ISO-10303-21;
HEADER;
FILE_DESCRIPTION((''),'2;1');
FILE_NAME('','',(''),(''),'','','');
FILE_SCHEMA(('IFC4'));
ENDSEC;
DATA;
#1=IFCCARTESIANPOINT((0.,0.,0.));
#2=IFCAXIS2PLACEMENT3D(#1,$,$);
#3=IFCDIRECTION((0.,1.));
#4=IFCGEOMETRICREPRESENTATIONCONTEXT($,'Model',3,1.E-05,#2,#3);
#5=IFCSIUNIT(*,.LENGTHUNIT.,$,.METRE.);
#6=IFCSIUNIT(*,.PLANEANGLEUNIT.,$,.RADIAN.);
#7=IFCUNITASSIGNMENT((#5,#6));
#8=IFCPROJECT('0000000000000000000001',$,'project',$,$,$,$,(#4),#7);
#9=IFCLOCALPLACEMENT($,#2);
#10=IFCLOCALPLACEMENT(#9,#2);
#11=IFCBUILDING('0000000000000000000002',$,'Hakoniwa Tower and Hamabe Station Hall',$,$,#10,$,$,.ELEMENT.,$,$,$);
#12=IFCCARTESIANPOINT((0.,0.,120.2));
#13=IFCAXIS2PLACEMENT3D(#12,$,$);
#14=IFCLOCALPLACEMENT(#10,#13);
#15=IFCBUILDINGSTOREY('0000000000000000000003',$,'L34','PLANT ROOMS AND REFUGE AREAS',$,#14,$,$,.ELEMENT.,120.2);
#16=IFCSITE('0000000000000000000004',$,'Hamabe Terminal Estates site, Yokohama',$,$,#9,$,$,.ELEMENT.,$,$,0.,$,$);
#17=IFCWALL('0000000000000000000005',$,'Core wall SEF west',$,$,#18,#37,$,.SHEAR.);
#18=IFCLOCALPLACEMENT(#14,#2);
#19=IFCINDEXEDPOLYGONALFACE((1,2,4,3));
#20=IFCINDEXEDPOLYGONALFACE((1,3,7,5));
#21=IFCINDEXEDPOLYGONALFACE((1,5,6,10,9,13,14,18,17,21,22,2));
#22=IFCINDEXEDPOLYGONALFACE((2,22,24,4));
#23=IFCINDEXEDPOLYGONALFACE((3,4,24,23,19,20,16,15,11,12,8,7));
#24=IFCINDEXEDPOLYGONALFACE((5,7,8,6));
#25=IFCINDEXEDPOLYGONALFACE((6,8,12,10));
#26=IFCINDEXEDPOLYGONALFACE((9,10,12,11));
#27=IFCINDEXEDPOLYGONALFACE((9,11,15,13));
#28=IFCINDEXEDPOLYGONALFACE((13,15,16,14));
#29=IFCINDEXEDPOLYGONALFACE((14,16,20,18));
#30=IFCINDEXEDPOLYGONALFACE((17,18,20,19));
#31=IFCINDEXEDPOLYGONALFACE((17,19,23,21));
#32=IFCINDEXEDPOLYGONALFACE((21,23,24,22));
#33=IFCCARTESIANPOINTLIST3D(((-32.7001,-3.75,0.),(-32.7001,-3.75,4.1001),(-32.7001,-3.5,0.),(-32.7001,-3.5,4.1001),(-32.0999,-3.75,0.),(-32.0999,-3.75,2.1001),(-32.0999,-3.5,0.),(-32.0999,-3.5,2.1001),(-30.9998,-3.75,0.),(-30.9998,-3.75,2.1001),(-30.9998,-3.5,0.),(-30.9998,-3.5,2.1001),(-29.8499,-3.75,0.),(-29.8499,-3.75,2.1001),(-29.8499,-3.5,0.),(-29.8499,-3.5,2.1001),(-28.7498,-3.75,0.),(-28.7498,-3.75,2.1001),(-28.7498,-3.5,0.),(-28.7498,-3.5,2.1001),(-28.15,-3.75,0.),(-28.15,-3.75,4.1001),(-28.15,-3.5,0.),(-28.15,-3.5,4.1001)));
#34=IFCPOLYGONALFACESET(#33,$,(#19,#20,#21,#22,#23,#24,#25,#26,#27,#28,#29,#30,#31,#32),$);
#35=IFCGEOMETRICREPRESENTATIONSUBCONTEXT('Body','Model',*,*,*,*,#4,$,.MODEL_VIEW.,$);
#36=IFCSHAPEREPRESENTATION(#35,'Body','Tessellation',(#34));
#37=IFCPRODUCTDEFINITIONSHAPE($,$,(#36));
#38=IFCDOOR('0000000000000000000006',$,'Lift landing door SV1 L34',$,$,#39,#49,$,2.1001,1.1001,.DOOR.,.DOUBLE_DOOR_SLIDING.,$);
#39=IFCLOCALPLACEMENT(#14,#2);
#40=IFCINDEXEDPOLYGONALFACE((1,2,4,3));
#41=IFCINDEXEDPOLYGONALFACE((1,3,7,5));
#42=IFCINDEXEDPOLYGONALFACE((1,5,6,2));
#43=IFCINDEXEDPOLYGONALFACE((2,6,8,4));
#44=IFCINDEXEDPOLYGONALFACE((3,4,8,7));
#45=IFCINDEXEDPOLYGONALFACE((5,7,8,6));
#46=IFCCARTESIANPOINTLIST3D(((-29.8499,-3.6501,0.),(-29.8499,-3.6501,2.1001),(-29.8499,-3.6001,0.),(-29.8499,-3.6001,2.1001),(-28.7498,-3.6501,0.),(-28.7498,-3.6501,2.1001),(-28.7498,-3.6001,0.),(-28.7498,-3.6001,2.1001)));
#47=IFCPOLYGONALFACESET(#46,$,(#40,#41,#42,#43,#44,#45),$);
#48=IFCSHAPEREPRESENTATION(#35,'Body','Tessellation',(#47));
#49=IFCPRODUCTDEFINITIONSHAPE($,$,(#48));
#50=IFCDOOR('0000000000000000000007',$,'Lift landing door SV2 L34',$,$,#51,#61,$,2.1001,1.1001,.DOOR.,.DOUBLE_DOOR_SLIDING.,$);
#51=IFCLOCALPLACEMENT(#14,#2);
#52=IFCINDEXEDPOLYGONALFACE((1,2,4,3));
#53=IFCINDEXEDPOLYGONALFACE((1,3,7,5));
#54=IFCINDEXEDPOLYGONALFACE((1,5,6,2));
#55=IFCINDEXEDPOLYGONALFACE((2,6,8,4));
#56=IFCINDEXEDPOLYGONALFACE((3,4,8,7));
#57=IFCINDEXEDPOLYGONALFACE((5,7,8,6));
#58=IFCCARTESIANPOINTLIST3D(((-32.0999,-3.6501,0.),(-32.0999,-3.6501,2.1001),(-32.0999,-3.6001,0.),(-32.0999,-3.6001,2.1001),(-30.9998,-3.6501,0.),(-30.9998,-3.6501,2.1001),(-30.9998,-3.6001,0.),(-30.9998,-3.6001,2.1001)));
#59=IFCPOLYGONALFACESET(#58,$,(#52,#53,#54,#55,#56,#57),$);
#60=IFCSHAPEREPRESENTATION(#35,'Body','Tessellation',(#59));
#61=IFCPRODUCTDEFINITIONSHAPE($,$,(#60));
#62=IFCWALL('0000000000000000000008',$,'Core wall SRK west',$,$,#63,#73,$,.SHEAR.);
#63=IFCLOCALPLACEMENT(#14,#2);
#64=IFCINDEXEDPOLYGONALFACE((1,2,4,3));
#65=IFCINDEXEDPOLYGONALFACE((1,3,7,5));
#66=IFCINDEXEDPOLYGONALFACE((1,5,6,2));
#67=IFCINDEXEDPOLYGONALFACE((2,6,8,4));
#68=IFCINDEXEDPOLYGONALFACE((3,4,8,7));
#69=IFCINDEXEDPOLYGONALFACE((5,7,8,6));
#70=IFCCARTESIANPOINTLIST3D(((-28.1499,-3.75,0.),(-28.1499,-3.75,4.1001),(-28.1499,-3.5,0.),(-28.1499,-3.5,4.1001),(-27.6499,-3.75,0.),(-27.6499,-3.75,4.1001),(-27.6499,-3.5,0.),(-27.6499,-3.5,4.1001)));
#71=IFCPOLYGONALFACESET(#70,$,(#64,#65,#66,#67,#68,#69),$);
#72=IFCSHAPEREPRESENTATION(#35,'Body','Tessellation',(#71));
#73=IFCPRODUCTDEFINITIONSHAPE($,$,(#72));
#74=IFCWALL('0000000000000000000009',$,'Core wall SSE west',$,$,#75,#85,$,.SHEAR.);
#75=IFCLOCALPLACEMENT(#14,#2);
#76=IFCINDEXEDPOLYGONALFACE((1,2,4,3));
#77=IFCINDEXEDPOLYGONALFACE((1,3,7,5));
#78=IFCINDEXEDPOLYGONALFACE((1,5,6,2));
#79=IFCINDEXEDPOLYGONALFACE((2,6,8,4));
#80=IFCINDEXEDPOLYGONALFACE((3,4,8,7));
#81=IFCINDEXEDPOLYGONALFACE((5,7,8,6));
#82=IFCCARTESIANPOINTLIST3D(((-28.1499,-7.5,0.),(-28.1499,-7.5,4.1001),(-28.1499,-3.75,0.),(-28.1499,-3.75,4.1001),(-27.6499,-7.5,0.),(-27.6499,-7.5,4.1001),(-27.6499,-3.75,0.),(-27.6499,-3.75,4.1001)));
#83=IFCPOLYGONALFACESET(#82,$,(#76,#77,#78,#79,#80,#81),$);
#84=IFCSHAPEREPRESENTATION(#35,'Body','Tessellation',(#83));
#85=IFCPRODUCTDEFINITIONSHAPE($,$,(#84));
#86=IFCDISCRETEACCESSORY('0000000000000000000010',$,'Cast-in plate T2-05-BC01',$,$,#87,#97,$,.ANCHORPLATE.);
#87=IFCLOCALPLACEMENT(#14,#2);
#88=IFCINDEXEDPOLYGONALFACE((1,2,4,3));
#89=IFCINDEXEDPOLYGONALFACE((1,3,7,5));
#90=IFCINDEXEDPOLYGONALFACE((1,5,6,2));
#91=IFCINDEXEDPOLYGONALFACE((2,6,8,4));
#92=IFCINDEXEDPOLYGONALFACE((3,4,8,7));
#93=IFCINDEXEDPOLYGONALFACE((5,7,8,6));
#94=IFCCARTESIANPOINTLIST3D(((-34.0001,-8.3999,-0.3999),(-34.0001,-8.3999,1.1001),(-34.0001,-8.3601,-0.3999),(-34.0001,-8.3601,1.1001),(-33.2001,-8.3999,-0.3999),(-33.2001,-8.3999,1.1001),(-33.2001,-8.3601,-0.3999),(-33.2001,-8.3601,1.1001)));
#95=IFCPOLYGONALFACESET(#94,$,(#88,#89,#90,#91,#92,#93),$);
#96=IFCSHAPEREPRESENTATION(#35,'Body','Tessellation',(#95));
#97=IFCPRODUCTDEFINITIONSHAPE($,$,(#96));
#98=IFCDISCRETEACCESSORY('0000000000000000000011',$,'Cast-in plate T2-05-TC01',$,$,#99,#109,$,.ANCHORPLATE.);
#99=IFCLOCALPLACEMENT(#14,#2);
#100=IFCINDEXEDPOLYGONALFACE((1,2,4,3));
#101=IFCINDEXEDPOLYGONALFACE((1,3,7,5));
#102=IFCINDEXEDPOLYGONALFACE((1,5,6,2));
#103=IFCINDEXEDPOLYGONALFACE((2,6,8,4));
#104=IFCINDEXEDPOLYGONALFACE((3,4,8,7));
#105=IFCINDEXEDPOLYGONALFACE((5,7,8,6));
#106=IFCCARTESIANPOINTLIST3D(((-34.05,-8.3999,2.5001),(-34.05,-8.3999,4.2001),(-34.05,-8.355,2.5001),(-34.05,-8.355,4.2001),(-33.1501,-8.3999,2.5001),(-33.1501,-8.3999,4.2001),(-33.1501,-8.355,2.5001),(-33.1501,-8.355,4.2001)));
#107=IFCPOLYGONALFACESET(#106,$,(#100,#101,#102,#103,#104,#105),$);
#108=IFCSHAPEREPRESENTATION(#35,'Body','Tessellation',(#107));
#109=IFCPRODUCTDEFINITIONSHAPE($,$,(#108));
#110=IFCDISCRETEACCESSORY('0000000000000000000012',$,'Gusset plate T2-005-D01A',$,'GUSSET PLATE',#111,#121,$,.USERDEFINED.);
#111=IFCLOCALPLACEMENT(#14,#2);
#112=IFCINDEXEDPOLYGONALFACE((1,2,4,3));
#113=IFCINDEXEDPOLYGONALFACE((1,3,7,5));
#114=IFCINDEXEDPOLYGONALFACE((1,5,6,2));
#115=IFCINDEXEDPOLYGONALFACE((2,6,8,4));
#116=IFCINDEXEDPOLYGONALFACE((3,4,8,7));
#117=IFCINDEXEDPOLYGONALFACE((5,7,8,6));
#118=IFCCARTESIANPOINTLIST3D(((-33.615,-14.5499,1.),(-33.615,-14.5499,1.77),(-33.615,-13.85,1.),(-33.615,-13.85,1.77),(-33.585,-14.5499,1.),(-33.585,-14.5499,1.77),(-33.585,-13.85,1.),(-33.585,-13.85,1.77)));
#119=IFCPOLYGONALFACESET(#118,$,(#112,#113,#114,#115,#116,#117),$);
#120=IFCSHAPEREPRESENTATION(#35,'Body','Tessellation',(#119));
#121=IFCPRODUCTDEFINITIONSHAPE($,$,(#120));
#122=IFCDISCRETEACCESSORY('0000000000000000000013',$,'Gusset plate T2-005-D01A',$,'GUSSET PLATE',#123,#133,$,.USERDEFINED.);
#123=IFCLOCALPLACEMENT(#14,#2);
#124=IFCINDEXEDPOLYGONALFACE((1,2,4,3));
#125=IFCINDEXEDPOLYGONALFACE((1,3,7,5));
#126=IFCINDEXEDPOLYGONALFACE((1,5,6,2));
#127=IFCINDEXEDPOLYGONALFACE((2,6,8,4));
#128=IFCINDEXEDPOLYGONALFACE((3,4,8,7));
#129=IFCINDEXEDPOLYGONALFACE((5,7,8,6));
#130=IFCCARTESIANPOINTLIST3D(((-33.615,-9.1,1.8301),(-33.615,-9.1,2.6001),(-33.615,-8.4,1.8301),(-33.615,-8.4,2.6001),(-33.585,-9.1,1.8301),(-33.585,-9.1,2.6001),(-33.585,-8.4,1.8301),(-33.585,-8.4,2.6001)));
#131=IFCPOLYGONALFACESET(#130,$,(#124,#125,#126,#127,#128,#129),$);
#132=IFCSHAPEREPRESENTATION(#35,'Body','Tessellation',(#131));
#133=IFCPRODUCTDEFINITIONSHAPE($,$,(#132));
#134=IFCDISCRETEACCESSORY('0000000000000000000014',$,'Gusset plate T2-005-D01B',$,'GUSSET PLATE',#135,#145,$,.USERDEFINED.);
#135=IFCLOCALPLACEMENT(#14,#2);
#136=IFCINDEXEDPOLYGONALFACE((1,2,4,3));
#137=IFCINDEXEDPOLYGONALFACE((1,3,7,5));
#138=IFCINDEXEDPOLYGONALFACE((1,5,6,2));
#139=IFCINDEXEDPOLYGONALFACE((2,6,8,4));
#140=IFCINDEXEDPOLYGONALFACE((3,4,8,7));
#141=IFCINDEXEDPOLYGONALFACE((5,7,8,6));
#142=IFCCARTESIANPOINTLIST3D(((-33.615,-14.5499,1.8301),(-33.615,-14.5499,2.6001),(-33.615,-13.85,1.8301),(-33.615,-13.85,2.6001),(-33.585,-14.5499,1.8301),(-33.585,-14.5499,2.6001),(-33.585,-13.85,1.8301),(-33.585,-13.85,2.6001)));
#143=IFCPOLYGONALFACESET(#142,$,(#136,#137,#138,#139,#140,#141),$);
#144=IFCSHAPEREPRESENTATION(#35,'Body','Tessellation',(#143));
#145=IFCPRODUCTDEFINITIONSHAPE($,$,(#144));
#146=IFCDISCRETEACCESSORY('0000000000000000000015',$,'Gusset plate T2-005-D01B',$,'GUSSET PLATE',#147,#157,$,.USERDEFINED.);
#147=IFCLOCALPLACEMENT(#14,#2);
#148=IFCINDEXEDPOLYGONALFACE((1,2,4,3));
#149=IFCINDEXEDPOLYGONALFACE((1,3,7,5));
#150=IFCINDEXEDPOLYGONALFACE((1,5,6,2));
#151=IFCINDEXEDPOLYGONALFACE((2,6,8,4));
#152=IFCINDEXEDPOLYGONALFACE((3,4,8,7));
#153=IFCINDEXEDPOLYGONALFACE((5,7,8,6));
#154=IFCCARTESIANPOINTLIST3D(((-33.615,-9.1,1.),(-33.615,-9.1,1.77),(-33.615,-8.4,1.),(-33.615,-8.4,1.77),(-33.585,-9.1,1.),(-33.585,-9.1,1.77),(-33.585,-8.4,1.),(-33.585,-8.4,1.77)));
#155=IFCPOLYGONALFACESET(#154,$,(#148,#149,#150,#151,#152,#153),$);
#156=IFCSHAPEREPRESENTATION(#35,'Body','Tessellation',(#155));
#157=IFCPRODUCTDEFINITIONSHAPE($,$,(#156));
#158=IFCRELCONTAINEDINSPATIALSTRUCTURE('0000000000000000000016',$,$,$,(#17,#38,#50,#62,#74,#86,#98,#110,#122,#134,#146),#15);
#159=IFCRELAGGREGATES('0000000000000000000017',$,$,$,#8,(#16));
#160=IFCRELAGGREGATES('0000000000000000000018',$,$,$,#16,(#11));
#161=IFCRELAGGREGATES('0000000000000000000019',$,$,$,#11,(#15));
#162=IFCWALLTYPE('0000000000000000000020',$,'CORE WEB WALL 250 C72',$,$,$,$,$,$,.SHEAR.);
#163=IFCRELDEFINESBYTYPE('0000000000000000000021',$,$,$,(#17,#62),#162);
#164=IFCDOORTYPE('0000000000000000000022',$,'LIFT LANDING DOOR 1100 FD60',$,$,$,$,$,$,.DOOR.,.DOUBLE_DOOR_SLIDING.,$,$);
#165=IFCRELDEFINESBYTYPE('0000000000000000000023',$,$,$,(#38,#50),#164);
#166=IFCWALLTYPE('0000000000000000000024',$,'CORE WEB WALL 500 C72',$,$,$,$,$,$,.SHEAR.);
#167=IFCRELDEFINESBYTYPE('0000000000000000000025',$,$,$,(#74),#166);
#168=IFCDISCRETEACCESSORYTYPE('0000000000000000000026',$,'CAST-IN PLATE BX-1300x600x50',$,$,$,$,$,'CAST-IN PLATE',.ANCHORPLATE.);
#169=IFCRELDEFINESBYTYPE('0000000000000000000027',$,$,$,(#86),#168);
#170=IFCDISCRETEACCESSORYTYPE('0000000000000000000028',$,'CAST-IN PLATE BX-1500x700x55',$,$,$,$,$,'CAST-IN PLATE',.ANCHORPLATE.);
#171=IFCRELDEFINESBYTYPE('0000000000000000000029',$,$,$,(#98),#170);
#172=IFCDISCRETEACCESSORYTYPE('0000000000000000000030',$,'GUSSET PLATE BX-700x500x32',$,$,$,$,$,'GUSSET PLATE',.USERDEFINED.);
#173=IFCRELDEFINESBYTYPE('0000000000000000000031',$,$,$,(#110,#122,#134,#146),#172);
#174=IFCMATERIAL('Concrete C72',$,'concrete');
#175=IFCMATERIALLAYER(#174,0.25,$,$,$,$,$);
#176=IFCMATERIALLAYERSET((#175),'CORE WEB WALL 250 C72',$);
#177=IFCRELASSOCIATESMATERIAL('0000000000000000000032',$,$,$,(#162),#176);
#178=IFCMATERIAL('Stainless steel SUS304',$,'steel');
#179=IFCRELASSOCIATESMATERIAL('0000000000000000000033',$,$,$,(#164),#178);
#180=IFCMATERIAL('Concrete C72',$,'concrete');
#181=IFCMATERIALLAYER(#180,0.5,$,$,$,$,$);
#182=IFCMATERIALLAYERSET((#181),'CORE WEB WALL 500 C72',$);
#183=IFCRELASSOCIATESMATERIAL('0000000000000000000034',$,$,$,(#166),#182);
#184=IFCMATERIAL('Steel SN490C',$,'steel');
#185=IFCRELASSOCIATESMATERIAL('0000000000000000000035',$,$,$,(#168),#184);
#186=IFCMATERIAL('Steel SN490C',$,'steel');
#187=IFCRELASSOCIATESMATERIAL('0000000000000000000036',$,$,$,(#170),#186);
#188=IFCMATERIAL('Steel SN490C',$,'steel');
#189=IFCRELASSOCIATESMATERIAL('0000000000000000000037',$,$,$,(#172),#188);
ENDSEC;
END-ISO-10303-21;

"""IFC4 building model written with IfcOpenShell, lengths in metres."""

from ifc_helpers import new_model, si_unit, direction, frame, frame_2d, origin, origin_2d, place, context, subcontext, project, spatial, rectangle, extrude, material, layer, layer_set, material_profile, profile_set, type_object, element, fill, save


model = new_model("IFC4")

# Units and contexts
model_context = context("Model", 3, precision=1e-05, world=origin(), true_north=direction((0.0, 1.0)))
body_context = subcontext(model_context, "Body", "Model", "MODEL_VIEW")
ifc_project = project(units=[si_unit("LENGTHUNIT", "METRE"), si_unit("PLANEANGLEUNIT", "RADIAN")], contexts=[model_context])

# Site, building, storey
site_placement = place(None, origin())
site = spatial("IfcSite", under=ifc_project, at=site_placement, Name="Hamabe Terminal Estates site, Yokohama", CompositionType="ELEMENT", RefElevation=0.0)
building_placement = place(site_placement, origin())
building = spatial("IfcBuilding", under=site, at=building_placement, Name="Hakoniwa Tower and Hamabe Station Hall", CompositionType="ELEMENT")
storey_placement = place(building_placement, frame((0.0, 0.0, 120.2)))
storey = spatial("IfcBuildingStorey", under=building, at=storey_placement, Name="L34", Description="PLANT ROOMS AND REFUGE AREAS", CompositionType="ELEMENT", Elevation=120.2)

# Shared definitions
ifc_material_1 = material(Name="Concrete C72", Category="concrete")
ifc_layer_1 = layer(ifc_material_1, 0.25)
ifc_layer_set_1 = layer_set([ifc_layer_1], Name="CORE WEB WALL 250 C72")
wall_type_1 = type_object("IfcWallType", Name="CORE WEB WALL 250 C72", PredefinedType="SHEAR", material=ifc_layer_set_1)

# Wall, openings, doors
wall_1_placement = place(storey_placement, frame((-32.7, -3.625, 0.0), z_axis=(0.0, 0.0, 1.0), x_axis=(1.0, 0.0, 0.0)))
wall_1 = element("IfcWall", 1, at=wall_1_placement, inside=storey, type_object=wall_type_1, Name="Core wall SEF west", PredefinedType="SHEAR", context=body_context, shape_type="SweptSolid", body=[
    extrude(rectangle(XDim=4.55, YDim=0.25, at=frame_2d((2.2749, 0.0))), origin(), (0.0, 0.0, 1.0), 4.1001),
])
opening_1_placement = place(wall_1_placement, frame((2.8501, 0.0, 0.0)))
opening_1 = element("IfcOpeningElement", 2, at=opening_1_placement, cuts=wall_1, PredefinedType="OPENING", context=body_context, shape_type="SweptSolid", body=[
    extrude(rectangle(XDim=1.1001, YDim=2.1001, at=frame_2d((0.55, 1.05))), frame((0.0, 0.135, 0.0), z_axis=(0.0, -1.0, 0.0), x_axis=(1.0, 0.0, 0.0)), (0.0, 0.0, 1.0), 0.27),
])
opening_2_placement = place(wall_1_placement, frame((0.6001, 0.0, 0.0)))
opening_2 = element("IfcOpeningElement", 3, at=opening_2_placement, cuts=wall_1, PredefinedType="OPENING", context=body_context, shape_type="SweptSolid", body=[
    extrude(rectangle(XDim=1.1001, YDim=2.1001, at=frame_2d((0.55, 1.05))), frame((0.0, 0.135, 0.0), z_axis=(0.0, -1.0, 0.0), x_axis=(1.0, 0.0, 0.0)), (0.0, 0.0, 1.0), 0.27),
])
ifc_material_2 = material(Name="Stainless steel SUS304", Category="steel")
door_type_1 = type_object("IfcDoorType", Name="LIFT LANDING DOOR 1100 FD60", OperationType="DOUBLE_DOOR_SLIDING", PredefinedType="DOOR", material=ifc_material_2)
door_1_placement = place(opening_1_placement, origin())
door_1 = element("IfcDoor", 4, at=door_1_placement, inside=storey, type_object=door_type_1, Name="Lift landing door SV1 L34", OperationType="DOUBLE_DOOR_SLIDING", OverallHeight=2.1001, OverallWidth=1.1001, PredefinedType="DOOR", context=body_context, shape_type="SweptSolid", body=[
    extrude(rectangle(XDim=1.1001, YDim=2.1001, at=frame_2d((0.55, 1.05))), frame((0.0, 0.0249, 0.0), z_axis=(0.0, -1.0, 0.0), x_axis=(1.0, 0.0, 0.0)), (0.0, 0.0, 1.0), 0.05),
])
fill(opening_1, door_1)
door_2_placement = place(opening_2_placement, origin())
door_2 = element("IfcDoor", 5, at=door_2_placement, inside=storey, type_object=door_type_1, Name="Lift landing door SV2 L34", OperationType="DOUBLE_DOOR_SLIDING", OverallHeight=2.1001, OverallWidth=1.1001, PredefinedType="DOOR", context=body_context, shape_type="SweptSolid", body=[
    extrude(rectangle(XDim=1.1001, YDim=2.1001, at=frame_2d((0.55, 1.05))), frame((0.0, 0.0249, 0.0), z_axis=(0.0, -1.0, 0.0), x_axis=(1.0, 0.0, 0.0)), (0.0, 0.0, 1.0), 0.05),
])
fill(opening_2, door_2)

# Walls
wall_2_placement = place(storey_placement, frame((-28.1499, -3.625, 0.0), z_axis=(0.0, 0.0, 1.0), x_axis=(1.0, 0.0, 0.0)))
element("IfcWall", 6, at=wall_2_placement, inside=storey, type_object=wall_type_1, Name="Core wall SRK west", PredefinedType="SHEAR", context=body_context, shape_type="SweptSolid", body=[
    extrude(rectangle(XDim=0.5, YDim=0.25, at=frame_2d((0.25, 0.0))), origin(), (0.0, 0.0, 1.0), 4.1001),
])
ifc_material_3 = material(Name="Concrete C72", Category="concrete")
ifc_layer_2 = layer(ifc_material_3, 0.5)
ifc_layer_set_2 = layer_set([ifc_layer_2], Name="CORE WEB WALL 500 C72")
wall_type_2 = type_object("IfcWallType", Name="CORE WEB WALL 500 C72", PredefinedType="SHEAR", material=ifc_layer_set_2)
wall_3_placement = place(storey_placement, frame((-27.8999, -7.5, 0.0), z_axis=(0.0, 0.0, 1.0), x_axis=(0.0, 1.0, 0.0)))
element("IfcWall", 7, at=wall_3_placement, inside=storey, type_object=wall_type_2, Name="Core wall SSE west", PredefinedType="SHEAR", context=body_context, shape_type="SweptSolid", body=[
    extrude(rectangle(XDim=3.75, YDim=0.5, at=frame_2d((1.875, 0.0))), origin(), (0.0, 0.0, 1.0), 4.1001),
])

# Discrete accessories
ifc_material_4 = material(Name="Steel SN490C", Category="steel")
ifc_material_profile_1 = material_profile(ifc_material_4, rectangle(XDim=0.8, YDim=1.5, at=origin_2d()), Name="CAST-IN PLATE BX-1300x600x50")
ifc_profile_set_1 = profile_set([ifc_material_profile_1], Name="Steel SN490C")
discrete_accessory_type_1 = type_object("IfcDiscreteAccessoryType", Name="CAST-IN PLATE BX-1300x600x50", ElementType="CAST-IN PLATE", PredefinedType="ANCHORPLATE", material=ifc_profile_set_1)
discrete_accessory_1_placement = place(storey_placement, frame((-33.6001, -8.3601, 0.3501), z_axis=(0.0, -1.0, 0.0), x_axis=(1.0, 0.0, 0.0)))
element("IfcDiscreteAccessory", 8, at=discrete_accessory_1_placement, inside=storey, type_object=discrete_accessory_type_1, Name="Cast-in plate T2-05-BC01", PredefinedType="ANCHORPLATE", context=body_context, shape_type="SweptSolid", body=[
    extrude(rectangle(XDim=0.8, YDim=1.5, at=origin_2d()), origin(), (0.0, 0.0, 1.0), 0.0398),
])
ifc_material_5 = material(Name="Steel SN490C", Category="steel")
ifc_material_profile_2 = material_profile(ifc_material_5, rectangle(XDim=0.8999, YDim=1.7, at=origin_2d()), Name="CAST-IN PLATE BX-1500x700x55")
ifc_profile_set_2 = profile_set([ifc_material_profile_2], Name="Steel SN490C")
discrete_accessory_type_2 = type_object("IfcDiscreteAccessoryType", Name="CAST-IN PLATE BX-1500x700x55", ElementType="CAST-IN PLATE", PredefinedType="ANCHORPLATE", material=ifc_profile_set_2)
discrete_accessory_2_placement = place(storey_placement, frame((-33.6001, -8.355, 3.3501), z_axis=(0.0, -1.0, 0.0), x_axis=(1.0, 0.0, 0.0)))
element("IfcDiscreteAccessory", 9, at=discrete_accessory_2_placement, inside=storey, type_object=discrete_accessory_type_2, Name="Cast-in plate T2-05-TC01", PredefinedType="ANCHORPLATE", context=body_context, shape_type="SweptSolid", body=[
    extrude(rectangle(XDim=0.8999, YDim=1.7, at=origin_2d()), origin(), (0.0, 0.0, 1.0), 0.0449),
])
ifc_material_6 = material(Name="Steel SN490C", Category="steel")
ifc_material_profile_3 = material_profile(ifc_material_6, rectangle(XDim=0.7, YDim=0.77, at=origin_2d()), Name="GUSSET PLATE BX-700x500x32")
ifc_profile_set_3 = profile_set([ifc_material_profile_3], Name="Steel SN490C")
discrete_accessory_type_3 = type_object("IfcDiscreteAccessoryType", Name="GUSSET PLATE BX-700x500x32", ElementType="GUSSET PLATE", PredefinedType="USERDEFINED", material=ifc_profile_set_3)
for number, where, z_axis, x_axis, name in (
    (10, (-33.585, -14.2, 1.385), (-1.0, 0.0, 0.0), (0.0, -1.0, 0.0), "Gusset plate T2-005-D01A"),
    (11, (-33.585, -8.75, 2.2151), (-1.0, 0.0, 0.0), (0.0, -1.0, 0.0), "Gusset plate T2-005-D01A"),
    (12, (-33.585, -14.2, 2.2151), (-1.0, 0.0, 0.0), (0.0, -1.0, 0.0), "Gusset plate T2-005-D01B"),
    (13, (-33.585, -8.75, 1.385), (-1.0, 0.0, 0.0), (0.0, -1.0, 0.0), "Gusset plate T2-005-D01B"),
):
    element("IfcDiscreteAccessory", number, at=place(storey_placement, frame(where, z_axis=z_axis, x_axis=x_axis)), inside=storey, type_object=discrete_accessory_type_3, Name=name, ObjectType="GUSSET PLATE", PredefinedType="USERDEFINED", context=body_context, shape_type="SweptSolid", body=[
        extrude(rectangle(XDim=0.7, YDim=0.77, at=origin_2d()), origin(), (0.0, 0.0, 1.0), 0.03),
    ])

save(model, "model.ifc")
